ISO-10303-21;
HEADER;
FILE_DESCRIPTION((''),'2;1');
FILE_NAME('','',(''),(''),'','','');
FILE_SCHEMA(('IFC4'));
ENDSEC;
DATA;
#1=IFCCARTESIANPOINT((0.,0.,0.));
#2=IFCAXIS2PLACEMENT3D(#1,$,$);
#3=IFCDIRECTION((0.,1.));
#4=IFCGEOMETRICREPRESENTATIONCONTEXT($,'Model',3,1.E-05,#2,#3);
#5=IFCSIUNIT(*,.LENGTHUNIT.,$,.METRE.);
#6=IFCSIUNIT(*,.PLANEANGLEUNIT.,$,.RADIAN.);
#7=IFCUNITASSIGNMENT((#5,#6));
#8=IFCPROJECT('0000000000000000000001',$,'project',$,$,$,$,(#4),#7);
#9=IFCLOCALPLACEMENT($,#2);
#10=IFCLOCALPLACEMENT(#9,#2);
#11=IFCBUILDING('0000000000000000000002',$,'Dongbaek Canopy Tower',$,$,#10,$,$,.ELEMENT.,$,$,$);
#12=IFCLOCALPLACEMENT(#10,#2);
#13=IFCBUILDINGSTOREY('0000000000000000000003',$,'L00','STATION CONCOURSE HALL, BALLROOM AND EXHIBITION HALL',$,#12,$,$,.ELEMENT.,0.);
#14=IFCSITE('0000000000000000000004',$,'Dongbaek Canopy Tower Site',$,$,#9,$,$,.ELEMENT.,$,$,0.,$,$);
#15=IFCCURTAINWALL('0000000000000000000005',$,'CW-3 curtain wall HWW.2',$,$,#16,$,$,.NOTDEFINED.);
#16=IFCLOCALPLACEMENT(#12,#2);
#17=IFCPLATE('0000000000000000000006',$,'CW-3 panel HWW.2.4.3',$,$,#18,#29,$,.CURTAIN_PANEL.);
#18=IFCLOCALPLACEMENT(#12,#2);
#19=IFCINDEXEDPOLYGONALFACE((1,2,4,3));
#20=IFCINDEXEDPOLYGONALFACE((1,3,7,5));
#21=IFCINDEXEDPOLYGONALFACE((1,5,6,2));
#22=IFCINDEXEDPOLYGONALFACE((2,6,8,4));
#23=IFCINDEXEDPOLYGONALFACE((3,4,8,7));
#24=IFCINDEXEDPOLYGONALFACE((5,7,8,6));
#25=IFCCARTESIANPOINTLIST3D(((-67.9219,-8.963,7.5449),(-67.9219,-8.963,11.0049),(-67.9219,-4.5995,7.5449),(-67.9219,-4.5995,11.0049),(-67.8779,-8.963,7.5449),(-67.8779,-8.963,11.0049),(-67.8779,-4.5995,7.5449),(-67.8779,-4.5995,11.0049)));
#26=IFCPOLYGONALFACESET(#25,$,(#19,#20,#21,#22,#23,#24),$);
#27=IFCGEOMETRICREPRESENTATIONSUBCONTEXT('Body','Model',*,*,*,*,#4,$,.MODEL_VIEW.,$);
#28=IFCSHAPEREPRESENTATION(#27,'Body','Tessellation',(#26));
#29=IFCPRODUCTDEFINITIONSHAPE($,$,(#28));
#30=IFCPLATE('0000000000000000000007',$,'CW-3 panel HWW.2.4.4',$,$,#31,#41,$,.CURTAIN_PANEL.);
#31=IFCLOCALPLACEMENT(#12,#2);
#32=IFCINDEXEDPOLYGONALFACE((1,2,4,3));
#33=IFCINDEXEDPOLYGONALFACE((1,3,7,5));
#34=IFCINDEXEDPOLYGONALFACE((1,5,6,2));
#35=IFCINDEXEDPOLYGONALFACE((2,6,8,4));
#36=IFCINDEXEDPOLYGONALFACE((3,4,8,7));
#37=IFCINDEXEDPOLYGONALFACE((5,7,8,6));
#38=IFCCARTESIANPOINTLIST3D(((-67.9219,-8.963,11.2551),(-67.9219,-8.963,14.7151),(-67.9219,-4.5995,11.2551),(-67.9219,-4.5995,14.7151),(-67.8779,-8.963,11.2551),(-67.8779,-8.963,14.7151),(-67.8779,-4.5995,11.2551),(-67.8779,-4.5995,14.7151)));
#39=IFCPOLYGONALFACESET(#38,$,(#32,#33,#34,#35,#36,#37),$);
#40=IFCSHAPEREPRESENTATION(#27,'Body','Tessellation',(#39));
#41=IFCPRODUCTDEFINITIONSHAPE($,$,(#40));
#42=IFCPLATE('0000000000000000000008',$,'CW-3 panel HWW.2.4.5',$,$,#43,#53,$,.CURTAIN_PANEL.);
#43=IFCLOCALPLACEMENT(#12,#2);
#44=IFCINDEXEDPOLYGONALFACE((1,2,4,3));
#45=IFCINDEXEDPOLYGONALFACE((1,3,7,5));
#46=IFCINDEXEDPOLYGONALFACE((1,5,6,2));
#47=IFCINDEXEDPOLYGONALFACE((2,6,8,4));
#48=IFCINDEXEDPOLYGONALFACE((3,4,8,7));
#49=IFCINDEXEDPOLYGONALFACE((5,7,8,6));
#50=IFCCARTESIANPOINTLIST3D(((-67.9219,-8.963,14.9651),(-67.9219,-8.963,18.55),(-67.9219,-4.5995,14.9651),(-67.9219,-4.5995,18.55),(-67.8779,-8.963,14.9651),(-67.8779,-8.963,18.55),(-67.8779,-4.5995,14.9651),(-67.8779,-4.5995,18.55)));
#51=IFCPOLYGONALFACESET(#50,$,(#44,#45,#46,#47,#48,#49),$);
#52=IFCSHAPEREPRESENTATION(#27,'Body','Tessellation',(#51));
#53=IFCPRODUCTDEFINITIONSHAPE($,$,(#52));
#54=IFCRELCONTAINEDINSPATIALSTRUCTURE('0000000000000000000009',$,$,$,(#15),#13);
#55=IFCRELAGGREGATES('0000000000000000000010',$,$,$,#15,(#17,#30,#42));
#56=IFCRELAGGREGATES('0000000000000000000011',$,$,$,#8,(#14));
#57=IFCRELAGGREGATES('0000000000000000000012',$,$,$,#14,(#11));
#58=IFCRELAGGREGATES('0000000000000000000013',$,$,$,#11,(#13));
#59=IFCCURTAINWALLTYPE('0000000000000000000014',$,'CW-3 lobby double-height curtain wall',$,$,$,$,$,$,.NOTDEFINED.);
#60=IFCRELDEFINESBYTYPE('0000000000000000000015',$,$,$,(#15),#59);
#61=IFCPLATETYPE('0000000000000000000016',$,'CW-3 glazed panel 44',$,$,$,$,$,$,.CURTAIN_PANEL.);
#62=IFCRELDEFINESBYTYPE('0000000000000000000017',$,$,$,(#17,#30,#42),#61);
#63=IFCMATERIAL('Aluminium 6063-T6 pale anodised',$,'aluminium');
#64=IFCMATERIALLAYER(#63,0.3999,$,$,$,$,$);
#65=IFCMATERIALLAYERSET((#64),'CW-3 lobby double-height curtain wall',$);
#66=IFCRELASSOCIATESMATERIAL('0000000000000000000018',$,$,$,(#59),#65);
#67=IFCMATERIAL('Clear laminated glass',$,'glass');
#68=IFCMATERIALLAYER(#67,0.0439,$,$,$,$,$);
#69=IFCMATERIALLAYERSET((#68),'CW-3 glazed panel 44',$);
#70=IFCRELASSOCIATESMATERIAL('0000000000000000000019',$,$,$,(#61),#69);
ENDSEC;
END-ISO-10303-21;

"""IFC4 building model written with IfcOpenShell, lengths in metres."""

from ifc_helpers import new_model, si_unit, direction, frame, origin, origin_2d, place, context, subcontext, project, spatial, rectangle, extrude, material, layer, layer_set, type_object, element, aggregate, save


model = new_model("IFC4")

# Units and contexts
model_context = context("Model", 3, precision=1e-05, world=origin(), true_north=direction((0.0, 1.0)))
body_context = subcontext(model_context, "Body", "Model", "MODEL_VIEW")
ifc_project = project(units=[si_unit("LENGTHUNIT", "METRE"), si_unit("PLANEANGLEUNIT", "RADIAN")], contexts=[model_context])

# Site, building, storey
site_placement = place(None, origin())
site = spatial("IfcSite", under=ifc_project, at=site_placement, Name="Dongbaek Canopy Tower Site", CompositionType="ELEMENT", RefElevation=0.0)
building_placement = place(site_placement, origin())
building = spatial("IfcBuilding", under=site, at=building_placement, Name="Dongbaek Canopy Tower", CompositionType="ELEMENT")
storey_placement = place(building_placement, origin())
storey = spatial("IfcBuildingStorey", under=building, at=storey_placement, Name="L00", Description="STATION CONCOURSE HALL, BALLROOM AND EXHIBITION HALL", CompositionType="ELEMENT", Elevation=0.0)

# Curtain wall
ifc_material_1 = material(Name="Aluminium 6063-T6 pale anodised", Category="aluminium")
ifc_layer_1 = layer(ifc_material_1, 0.3999)
ifc_layer_set_1 = layer_set([ifc_layer_1], Name="CW-3 lobby double-height curtain wall")
curtain_wall_type = type_object("IfcCurtainWallType", Name="CW-3 lobby double-height curtain wall", PredefinedType="NOTDEFINED", material=ifc_layer_set_1)
curtain_wall_placement = place(storey_placement, origin())
curtain_wall = element("IfcCurtainWall", 1, at=curtain_wall_placement, inside=storey, type_object=curtain_wall_type, Name="CW-3 curtain wall HWW.2", PredefinedType="NOTDEFINED")

# Plates
ifc_material_2 = material(Name="Clear laminated glass", Category="glass")
ifc_layer_2 = layer(ifc_material_2, 0.0439)
ifc_layer_set_2 = layer_set([ifc_layer_2], Name="CW-3 glazed panel 44")
plate_type = type_object("IfcPlateType", Name="CW-3 glazed panel 44", PredefinedType="CURTAIN_PANEL", material=ifc_layer_set_2)
plate_1_placement = place(storey_placement, frame((-67.8999, -6.7812, 7.5449), z_axis=(0.0, 0.0, 1.0), x_axis=(0.0, -1.0, 0.0)))
plate_1 = element("IfcPlate", 2, at=plate_1_placement, type_object=plate_type, Name="CW-3 panel HWW.2.4.3", PredefinedType="CURTAIN_PANEL", context=body_context, shape_type="SweptSolid", body=[
    extrude(rectangle(XDim=4.3635, YDim=0.0439, at=origin_2d()), origin(), (0.0, 0.0, 1.0), 3.46),
])
plate_2_placement = place(storey_placement, frame((-67.8999, -6.7812, 11.2551), z_axis=(0.0, 0.0, 1.0), x_axis=(0.0, -1.0, 0.0)))
plate_2 = element("IfcPlate", 3, at=plate_2_placement, type_object=plate_type, Name="CW-3 panel HWW.2.4.4", PredefinedType="CURTAIN_PANEL", context=body_context, shape_type="SweptSolid", body=[
    extrude(rectangle(XDim=4.3635, YDim=0.0439, at=origin_2d()), origin(), (0.0, 0.0, 1.0), 3.46),
])
plate_3_placement = place(storey_placement, frame((-67.8999, -6.7812, 14.9651), z_axis=(0.0, 0.0, 1.0), x_axis=(0.0, -1.0, 0.0)))
plate_3 = element("IfcPlate", 4, at=plate_3_placement, type_object=plate_type, Name="CW-3 panel HWW.2.4.5", PredefinedType="CURTAIN_PANEL", context=body_context, shape_type="SweptSolid", body=[
    extrude(rectangle(XDim=4.3635, YDim=0.0439, at=origin_2d()), origin(), (0.0, 0.0, 1.0), 3.585),
])
aggregate(curtain_wall, [plate_1, plate_2, plate_3])

save(model, "model.ifc")
